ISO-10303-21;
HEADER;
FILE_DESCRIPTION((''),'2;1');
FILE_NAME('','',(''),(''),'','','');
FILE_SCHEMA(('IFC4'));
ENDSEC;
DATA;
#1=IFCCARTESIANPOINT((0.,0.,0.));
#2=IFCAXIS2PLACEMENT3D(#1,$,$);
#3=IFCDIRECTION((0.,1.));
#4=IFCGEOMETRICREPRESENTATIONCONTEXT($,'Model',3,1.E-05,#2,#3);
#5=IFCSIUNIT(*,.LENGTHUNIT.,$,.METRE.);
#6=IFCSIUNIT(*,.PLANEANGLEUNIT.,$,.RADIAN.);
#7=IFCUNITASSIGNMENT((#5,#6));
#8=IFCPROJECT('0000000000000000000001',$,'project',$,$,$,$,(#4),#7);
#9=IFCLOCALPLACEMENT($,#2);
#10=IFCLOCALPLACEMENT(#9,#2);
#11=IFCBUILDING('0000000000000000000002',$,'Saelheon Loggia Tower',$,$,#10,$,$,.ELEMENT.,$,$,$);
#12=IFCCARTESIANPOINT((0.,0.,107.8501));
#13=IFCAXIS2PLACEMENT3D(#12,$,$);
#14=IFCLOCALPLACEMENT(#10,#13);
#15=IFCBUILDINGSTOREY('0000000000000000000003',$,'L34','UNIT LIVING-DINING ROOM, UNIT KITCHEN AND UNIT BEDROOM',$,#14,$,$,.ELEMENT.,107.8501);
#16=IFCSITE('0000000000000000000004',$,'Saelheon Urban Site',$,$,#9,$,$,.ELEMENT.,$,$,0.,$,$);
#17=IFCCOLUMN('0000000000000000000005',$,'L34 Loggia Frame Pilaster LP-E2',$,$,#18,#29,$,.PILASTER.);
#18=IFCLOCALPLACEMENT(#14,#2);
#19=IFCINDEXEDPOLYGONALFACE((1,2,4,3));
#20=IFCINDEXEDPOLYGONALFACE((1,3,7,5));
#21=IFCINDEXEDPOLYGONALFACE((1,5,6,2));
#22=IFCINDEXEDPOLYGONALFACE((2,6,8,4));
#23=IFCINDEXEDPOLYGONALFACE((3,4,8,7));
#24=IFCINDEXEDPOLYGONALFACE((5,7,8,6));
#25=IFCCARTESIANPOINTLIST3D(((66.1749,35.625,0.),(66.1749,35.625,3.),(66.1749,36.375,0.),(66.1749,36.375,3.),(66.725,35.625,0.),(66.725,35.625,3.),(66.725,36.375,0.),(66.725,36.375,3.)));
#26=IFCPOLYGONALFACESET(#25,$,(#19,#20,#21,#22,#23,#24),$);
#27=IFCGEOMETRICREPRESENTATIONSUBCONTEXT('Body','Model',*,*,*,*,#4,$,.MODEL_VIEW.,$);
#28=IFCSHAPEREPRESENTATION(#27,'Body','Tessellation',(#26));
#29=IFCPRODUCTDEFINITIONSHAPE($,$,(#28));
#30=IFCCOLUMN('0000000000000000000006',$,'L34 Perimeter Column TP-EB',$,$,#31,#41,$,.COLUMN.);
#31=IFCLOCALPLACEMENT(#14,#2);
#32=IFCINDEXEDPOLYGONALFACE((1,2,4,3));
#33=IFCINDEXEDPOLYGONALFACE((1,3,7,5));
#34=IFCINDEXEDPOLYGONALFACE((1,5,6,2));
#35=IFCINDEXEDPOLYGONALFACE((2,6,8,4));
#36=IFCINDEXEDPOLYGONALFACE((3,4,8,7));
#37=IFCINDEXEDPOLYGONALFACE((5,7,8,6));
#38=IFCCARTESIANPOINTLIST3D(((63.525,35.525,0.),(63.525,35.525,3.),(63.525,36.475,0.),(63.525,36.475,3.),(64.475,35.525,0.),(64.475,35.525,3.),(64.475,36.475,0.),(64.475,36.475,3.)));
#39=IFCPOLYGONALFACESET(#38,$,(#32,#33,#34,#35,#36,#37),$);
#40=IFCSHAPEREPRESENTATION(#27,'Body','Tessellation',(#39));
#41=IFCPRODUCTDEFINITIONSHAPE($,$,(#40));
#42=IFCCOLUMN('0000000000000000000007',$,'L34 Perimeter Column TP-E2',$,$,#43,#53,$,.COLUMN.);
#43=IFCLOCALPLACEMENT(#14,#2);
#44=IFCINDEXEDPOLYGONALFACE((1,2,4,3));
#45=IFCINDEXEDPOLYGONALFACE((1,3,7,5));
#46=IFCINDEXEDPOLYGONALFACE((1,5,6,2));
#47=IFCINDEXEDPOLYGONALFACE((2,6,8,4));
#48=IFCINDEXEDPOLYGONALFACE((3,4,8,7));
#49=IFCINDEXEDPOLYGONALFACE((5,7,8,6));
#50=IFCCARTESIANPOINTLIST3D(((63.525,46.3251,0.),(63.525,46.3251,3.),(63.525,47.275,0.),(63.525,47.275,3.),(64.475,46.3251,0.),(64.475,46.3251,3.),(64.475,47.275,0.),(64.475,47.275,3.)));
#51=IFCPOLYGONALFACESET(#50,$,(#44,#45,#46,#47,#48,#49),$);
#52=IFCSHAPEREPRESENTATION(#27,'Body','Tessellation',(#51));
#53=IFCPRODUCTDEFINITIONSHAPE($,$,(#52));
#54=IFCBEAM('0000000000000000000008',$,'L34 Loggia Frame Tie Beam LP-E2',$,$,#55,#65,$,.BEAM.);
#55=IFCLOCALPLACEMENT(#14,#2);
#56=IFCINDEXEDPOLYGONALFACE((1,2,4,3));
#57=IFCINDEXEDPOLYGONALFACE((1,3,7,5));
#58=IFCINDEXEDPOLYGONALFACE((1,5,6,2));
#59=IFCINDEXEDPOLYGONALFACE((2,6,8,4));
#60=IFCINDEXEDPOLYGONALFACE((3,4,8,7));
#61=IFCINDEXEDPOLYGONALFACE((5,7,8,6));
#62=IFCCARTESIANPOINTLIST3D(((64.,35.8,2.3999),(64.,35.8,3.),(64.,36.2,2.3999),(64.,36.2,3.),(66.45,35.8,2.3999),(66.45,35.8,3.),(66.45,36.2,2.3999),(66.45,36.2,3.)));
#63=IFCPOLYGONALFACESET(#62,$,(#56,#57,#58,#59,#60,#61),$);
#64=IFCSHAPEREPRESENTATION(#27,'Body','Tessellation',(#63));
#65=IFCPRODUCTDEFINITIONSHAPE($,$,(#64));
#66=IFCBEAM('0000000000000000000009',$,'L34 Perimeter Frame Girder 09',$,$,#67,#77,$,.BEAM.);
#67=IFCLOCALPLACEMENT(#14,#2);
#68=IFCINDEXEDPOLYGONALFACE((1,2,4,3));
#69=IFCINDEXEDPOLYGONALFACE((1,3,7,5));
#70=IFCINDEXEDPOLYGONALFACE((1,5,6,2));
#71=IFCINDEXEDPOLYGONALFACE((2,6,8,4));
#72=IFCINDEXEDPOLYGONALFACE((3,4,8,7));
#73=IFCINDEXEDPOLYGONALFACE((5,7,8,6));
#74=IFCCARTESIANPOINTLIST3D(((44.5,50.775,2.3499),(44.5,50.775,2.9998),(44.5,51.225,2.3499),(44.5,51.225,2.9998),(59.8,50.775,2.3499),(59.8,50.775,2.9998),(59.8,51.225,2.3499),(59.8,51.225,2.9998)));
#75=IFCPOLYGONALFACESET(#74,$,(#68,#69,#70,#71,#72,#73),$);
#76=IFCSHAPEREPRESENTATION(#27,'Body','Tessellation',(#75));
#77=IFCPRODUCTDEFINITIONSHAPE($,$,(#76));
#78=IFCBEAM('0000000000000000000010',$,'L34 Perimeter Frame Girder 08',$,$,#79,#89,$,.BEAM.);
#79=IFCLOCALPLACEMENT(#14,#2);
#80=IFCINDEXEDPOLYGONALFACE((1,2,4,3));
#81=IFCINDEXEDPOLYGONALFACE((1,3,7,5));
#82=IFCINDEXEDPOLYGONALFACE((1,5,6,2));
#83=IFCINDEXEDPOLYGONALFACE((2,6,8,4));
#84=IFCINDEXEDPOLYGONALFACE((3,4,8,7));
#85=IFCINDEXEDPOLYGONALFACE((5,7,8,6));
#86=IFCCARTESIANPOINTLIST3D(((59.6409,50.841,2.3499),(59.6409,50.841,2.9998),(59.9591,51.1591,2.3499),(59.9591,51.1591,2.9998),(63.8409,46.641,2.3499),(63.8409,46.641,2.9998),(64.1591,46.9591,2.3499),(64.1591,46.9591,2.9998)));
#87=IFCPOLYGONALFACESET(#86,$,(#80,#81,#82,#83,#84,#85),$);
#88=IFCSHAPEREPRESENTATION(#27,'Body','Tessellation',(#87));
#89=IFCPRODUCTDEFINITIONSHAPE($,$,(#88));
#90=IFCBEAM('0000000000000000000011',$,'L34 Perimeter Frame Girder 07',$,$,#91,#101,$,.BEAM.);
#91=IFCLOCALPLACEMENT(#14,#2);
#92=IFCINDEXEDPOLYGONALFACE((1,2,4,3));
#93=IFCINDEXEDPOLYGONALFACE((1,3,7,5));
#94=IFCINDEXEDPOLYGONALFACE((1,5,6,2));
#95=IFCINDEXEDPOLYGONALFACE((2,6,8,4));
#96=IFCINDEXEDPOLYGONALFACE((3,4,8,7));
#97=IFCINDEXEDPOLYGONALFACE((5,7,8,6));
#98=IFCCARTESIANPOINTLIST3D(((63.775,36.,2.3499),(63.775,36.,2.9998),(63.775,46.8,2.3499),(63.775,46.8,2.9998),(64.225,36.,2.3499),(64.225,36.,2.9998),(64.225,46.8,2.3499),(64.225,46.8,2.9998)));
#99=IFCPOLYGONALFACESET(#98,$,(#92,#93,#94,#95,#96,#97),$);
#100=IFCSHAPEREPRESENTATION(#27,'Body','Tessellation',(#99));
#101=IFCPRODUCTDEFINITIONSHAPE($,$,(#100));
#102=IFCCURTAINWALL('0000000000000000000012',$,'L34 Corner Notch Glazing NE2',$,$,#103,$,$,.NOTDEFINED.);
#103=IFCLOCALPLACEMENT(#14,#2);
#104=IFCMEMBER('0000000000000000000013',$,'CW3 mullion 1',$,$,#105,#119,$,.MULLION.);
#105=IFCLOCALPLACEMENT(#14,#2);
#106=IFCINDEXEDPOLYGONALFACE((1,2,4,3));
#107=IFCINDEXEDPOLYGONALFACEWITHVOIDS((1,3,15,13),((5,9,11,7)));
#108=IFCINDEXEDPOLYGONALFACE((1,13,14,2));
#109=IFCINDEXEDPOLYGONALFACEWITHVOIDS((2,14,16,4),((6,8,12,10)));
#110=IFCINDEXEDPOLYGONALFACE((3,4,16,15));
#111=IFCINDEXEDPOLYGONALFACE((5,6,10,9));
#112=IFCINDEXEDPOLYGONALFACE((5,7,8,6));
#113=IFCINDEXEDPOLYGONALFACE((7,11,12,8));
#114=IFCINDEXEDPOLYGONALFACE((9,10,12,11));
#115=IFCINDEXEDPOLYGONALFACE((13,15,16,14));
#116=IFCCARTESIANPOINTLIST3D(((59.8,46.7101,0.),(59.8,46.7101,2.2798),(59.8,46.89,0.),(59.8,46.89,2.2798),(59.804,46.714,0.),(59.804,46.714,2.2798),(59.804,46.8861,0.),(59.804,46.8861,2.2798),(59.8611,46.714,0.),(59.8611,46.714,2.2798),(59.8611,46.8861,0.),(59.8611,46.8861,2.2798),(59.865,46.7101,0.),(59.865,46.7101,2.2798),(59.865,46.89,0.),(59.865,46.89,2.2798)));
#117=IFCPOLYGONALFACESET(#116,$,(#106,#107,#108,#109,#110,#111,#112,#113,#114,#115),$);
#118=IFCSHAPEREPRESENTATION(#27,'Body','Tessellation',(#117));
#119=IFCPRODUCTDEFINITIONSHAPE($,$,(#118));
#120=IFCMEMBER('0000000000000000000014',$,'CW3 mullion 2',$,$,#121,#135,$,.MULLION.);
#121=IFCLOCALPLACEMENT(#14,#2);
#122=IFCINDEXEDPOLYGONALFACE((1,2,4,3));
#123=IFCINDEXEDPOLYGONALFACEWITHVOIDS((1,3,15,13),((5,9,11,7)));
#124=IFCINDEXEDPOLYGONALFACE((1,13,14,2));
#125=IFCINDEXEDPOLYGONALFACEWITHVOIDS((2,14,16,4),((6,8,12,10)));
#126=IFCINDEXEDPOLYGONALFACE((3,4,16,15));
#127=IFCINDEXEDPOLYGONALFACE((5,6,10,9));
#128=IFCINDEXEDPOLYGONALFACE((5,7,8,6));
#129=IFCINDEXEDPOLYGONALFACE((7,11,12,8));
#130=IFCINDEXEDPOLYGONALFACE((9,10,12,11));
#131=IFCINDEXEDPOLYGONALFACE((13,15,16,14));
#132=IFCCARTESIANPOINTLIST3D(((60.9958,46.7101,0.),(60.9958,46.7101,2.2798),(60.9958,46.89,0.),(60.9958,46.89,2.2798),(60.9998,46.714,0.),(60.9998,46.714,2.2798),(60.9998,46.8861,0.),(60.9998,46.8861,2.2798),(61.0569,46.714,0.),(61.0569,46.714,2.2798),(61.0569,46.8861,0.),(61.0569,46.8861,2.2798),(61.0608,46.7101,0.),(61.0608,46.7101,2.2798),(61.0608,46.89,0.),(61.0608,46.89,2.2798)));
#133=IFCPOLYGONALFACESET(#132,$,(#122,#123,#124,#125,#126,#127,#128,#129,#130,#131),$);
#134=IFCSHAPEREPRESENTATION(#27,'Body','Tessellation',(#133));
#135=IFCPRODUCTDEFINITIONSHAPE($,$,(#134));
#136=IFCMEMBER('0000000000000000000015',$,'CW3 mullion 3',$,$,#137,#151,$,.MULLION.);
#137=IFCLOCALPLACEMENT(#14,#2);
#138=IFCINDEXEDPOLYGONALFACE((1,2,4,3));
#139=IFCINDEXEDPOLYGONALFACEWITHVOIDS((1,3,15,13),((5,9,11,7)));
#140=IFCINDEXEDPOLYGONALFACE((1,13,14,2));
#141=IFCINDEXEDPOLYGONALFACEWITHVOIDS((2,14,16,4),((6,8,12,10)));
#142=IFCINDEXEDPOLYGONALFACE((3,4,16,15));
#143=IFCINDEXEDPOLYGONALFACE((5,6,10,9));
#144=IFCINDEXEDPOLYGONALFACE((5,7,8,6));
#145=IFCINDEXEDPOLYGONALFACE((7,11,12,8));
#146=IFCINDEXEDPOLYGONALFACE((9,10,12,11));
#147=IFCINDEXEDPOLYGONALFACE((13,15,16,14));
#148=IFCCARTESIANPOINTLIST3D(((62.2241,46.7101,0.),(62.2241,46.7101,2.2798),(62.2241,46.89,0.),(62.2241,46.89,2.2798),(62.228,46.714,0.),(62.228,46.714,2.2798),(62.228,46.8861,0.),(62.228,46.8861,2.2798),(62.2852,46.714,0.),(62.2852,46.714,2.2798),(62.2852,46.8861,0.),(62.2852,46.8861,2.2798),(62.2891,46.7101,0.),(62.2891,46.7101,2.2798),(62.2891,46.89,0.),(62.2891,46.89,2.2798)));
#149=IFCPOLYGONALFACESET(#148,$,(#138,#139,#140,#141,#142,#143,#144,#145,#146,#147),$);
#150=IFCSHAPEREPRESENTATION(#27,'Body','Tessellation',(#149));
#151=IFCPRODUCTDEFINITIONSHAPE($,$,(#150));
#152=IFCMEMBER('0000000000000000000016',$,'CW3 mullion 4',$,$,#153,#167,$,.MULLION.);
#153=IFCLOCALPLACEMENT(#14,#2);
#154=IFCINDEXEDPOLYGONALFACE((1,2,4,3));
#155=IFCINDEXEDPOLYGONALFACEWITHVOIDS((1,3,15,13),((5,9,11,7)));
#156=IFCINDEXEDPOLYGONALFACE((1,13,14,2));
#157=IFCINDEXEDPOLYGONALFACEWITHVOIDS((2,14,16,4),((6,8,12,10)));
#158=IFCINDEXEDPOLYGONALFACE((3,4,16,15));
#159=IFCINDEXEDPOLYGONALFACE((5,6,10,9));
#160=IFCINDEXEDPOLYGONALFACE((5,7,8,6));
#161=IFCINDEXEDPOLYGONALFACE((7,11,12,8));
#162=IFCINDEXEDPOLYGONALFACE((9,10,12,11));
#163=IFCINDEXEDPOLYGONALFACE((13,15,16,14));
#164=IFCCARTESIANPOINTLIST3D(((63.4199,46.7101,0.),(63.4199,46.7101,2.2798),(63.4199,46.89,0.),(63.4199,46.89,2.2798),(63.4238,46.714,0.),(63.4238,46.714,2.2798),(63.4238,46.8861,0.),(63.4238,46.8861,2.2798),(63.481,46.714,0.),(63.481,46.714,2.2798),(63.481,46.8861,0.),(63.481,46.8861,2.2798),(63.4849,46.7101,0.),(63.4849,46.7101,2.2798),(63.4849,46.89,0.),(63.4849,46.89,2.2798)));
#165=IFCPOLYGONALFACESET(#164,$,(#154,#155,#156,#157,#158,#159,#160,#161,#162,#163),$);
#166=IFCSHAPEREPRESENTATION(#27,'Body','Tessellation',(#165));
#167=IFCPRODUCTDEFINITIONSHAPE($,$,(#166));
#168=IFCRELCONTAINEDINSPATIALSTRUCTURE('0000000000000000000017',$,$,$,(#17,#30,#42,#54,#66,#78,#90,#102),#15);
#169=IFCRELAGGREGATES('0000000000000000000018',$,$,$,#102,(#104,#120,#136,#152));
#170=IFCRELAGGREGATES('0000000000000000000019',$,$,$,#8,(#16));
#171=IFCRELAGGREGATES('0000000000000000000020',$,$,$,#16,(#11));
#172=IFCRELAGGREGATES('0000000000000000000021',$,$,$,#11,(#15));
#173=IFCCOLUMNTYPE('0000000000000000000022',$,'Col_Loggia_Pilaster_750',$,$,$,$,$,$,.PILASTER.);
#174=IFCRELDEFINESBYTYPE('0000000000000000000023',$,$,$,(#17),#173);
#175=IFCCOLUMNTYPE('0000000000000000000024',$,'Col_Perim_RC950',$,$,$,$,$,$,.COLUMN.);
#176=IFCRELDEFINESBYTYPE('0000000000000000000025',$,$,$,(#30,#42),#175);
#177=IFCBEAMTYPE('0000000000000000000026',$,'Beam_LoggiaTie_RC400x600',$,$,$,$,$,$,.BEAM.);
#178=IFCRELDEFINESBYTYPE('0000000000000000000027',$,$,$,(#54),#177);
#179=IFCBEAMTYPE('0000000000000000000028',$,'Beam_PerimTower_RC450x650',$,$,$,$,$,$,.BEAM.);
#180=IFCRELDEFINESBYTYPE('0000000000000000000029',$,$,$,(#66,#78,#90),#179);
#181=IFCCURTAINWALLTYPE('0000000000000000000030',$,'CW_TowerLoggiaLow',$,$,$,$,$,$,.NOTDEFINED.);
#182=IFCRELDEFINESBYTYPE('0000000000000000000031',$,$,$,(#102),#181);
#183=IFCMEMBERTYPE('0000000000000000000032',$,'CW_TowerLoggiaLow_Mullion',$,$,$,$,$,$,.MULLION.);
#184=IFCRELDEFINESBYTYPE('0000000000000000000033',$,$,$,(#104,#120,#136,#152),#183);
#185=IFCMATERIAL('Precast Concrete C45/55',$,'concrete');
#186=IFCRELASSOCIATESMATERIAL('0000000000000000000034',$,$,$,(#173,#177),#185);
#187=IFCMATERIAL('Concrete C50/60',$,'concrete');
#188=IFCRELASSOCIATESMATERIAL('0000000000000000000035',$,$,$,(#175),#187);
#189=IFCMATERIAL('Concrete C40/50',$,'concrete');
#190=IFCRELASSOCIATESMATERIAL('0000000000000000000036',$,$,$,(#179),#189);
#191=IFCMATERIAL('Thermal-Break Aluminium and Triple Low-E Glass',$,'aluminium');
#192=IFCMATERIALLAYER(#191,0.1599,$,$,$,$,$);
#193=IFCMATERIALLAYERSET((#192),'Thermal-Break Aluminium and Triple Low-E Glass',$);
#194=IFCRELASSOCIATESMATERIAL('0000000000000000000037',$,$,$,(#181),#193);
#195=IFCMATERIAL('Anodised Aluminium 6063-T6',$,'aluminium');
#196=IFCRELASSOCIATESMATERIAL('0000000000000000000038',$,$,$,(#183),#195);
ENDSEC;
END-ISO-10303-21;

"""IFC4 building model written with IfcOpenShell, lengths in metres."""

from ifc_helpers import new_model, si_unit, direction, frame, origin, origin_2d, place, context, subcontext, project, spatial, rectangle, hollow_rectangle, extrude, source, transform, mapped, material, layer, layer_set, material_profile, profile_set, type_object, element, aggregate, save


model = new_model("IFC4")

# Units and contexts
model_context = context("Model", 3, precision=1e-05, world=origin(), true_north=direction((0.0, 1.0)))
body_context = subcontext(model_context, "Body", "Model", "MODEL_VIEW")
ifc_project = project(units=[si_unit("LENGTHUNIT", "METRE"), si_unit("PLANEANGLEUNIT", "RADIAN")], contexts=[model_context])

# Site, building, storey
site_placement = place(None, origin())
site = spatial("IfcSite", under=ifc_project, at=site_placement, Name="Saelheon Urban Site", CompositionType="ELEMENT", RefElevation=0.0)
building_placement = place(site_placement, origin())
building = spatial("IfcBuilding", under=site, at=building_placement, Name="Saelheon Loggia Tower", CompositionType="ELEMENT")
storey_placement = place(building_placement, frame((0.0, 0.0, 107.8501)))
storey = spatial("IfcBuildingStorey", under=building, at=storey_placement, Name="L34", Description="UNIT LIVING-DINING ROOM, UNIT KITCHEN AND UNIT BEDROOM", CompositionType="ELEMENT", Elevation=107.8501)

# Columns
ifc_material_1 = material(Name="Precast Concrete C45/55", Category="concrete")
ifc_material_profile_1 = material_profile(ifc_material_1, rectangle(XDim=0.55, YDim=0.75, at=origin_2d()), Name="RC-550x750")
ifc_profile_set_1 = profile_set([ifc_material_profile_1], Name="Precast Concrete C45/55")
column_type_1 = type_object("IfcColumnType", Name="Col_Loggia_Pilaster_750", PredefinedType="PILASTER", material=ifc_profile_set_1)
shared_shape_1 = source(origin(), body_context, "Body", "SweptSolid", [
    extrude(rectangle(XDim=0.55, YDim=0.75, at=origin_2d()), origin(), (0.0, 0.0, 1.0), 3.0),
])
column_placement = place(storey_placement, frame((66.45, 36.0, 0.0), z_axis=(0.0, 0.0, 1.0), x_axis=(1.0, 0.0, 0.0)))
element("IfcColumn", 1, at=column_placement, inside=storey, type_object=column_type_1, Name="L34 Loggia Frame Pilaster LP-E2", PredefinedType="PILASTER", context=body_context, shape_type="MappedRepresentation", body=[
    mapped(shared_shape_1, transform((0.0, 0.0, 0.0), scale=1.0)),
])
ifc_material_2 = material(Name="Concrete C50/60", Category="concrete")
ifc_material_profile_2 = material_profile(ifc_material_2, rectangle(XDim=0.95, YDim=0.95, at=origin_2d()), Name="RC-950x950")
ifc_profile_set_2 = profile_set([ifc_material_profile_2], Name="Concrete C50/60")
column_type_2 = type_object("IfcColumnType", Name="Col_Perim_RC950", PredefinedType="COLUMN", material=ifc_profile_set_2)
shared_shape_2 = source(origin(), body_context, "Body", "SweptSolid", [
    extrude(rectangle(XDim=0.95, YDim=0.95, at=origin_2d()), origin(), (0.0, 0.0, 1.0), 3.0),
])
for number, where, z_axis, x_axis, name in (
    (2, (64.0, 36.0, 0.0), (0.0, 0.0, 1.0), (1.0, 0.0, 0.0), "L34 Perimeter Column TP-EB"),
    (3, (64.0, 46.8, 0.0), (0.0, 0.0, 1.0), (1.0, 0.0, 0.0), "L34 Perimeter Column TP-E2"),
):
    element("IfcColumn", number, at=place(storey_placement, frame(where, z_axis=z_axis, x_axis=x_axis)), inside=storey, type_object=column_type_2, Name=name, PredefinedType="COLUMN", context=body_context, shape_type="MappedRepresentation", body=[
        mapped(shared_shape_2, transform((0.0, 0.0, 0.0), scale=1.0)),
    ])

# Beams
ifc_material_profile_3 = material_profile(ifc_material_1, rectangle(XDim=0.3999, YDim=0.6001, at=origin_2d()), Name="RC-400x600")
ifc_profile_set_3 = profile_set([ifc_material_profile_3], Name="Precast Concrete C45/55")
beam_type_1 = type_object("IfcBeamType", Name="Beam_LoggiaTie_RC400x600", PredefinedType="BEAM", material=ifc_profile_set_3)
shared_shape_3 = source(origin(), body_context, "Body", "SweptSolid", [
    extrude(rectangle(XDim=0.3999, YDim=0.6001, at=origin_2d()), origin(), (0.0, 0.0, 1.0), 2.45),
])
beam_1_placement = place(storey_placement, frame((64.0, 36.0, 2.7), z_axis=(1.0, 0.0, 0.0), x_axis=(0.0, 1.0, 0.0)))
element("IfcBeam", 4, at=beam_1_placement, inside=storey, type_object=beam_type_1, Name="L34 Loggia Frame Tie Beam LP-E2", PredefinedType="BEAM", context=body_context, shape_type="MappedRepresentation", body=[
    mapped(shared_shape_3, transform((0.0, 0.0, 0.0), scale=1.0)),
])
ifc_material_3 = material(Name="Concrete C40/50", Category="concrete")
ifc_material_profile_4 = material_profile(ifc_material_3, rectangle(XDim=0.45, YDim=0.6499, at=origin_2d()), Name="RC-450x650")
ifc_profile_set_4 = profile_set([ifc_material_profile_4], Name="Concrete C40/50")
beam_type_2 = type_object("IfcBeamType", Name="Beam_PerimTower_RC450x650", PredefinedType="BEAM", material=ifc_profile_set_4)
shared_shape_4 = source(origin(), body_context, "Body", "SweptSolid", [
    extrude(rectangle(XDim=0.45, YDim=0.6499, at=origin_2d()), origin(), (0.0, 0.0, 1.0), 15.3),
])
beam_2_placement = place(storey_placement, frame((59.8, 51.0, 2.6748), z_axis=(-1.0, 0.0, 0.0), x_axis=(0.0, -1.0, 0.0)))
element("IfcBeam", 5, at=beam_2_placement, inside=storey, type_object=beam_type_2, Name="L34 Perimeter Frame Girder 09", PredefinedType="BEAM", context=body_context, shape_type="MappedRepresentation", body=[
    mapped(shared_shape_4, transform((0.0, 0.0, 0.0), scale=1.0)),
])
shared_shape_5 = source(origin(), body_context, "Body", "SweptSolid", [
    extrude(rectangle(XDim=0.45, YDim=0.6499, at=origin_2d()), origin(), (0.0, 0.0, 1.0), 5.9397),
])
beam_3_placement = place(storey_placement, frame((64.0, 46.8, 2.6748), z_axis=(-0.707107, 0.707107, 0.0), x_axis=(-0.707107, -0.707107, 0.0)))
element("IfcBeam", 6, at=beam_3_placement, inside=storey, type_object=beam_type_2, Name="L34 Perimeter Frame Girder 08", PredefinedType="BEAM", context=body_context, shape_type="MappedRepresentation", body=[
    mapped(shared_shape_5, transform((0.0, 0.0, 0.0), scale=1.0)),
])
shared_shape_6 = source(origin(), body_context, "Body", "SweptSolid", [
    extrude(rectangle(XDim=0.45, YDim=0.6499, at=origin_2d()), origin(), (0.0, 0.0, 1.0), 10.8),
])
beam_4_placement = place(storey_placement, frame((64.0, 36.0, 2.6748), z_axis=(0.0, 1.0, 0.0), x_axis=(-1.0, 0.0, 0.0)))
element("IfcBeam", 7, at=beam_4_placement, inside=storey, type_object=beam_type_2, Name="L34 Perimeter Frame Girder 07", PredefinedType="BEAM", context=body_context, shape_type="MappedRepresentation", body=[
    mapped(shared_shape_6, transform((0.0, 0.0, 0.0), scale=1.0)),
])

# Curtain wall, members
ifc_material_4 = material(Name="Thermal-Break Aluminium and Triple Low-E Glass", Category="aluminium")
ifc_layer_1 = layer(ifc_material_4, 0.1599)
ifc_layer_set_1 = layer_set([ifc_layer_1], Name="Thermal-Break Aluminium and Triple Low-E Glass")
curtain_wall_type = type_object("IfcCurtainWallType", Name="CW_TowerLoggiaLow", PredefinedType="NOTDEFINED", material=ifc_layer_set_1)
curtain_wall_placement = place(storey_placement, origin())
curtain_wall = element("IfcCurtainWall", 8, at=curtain_wall_placement, inside=storey, type_object=curtain_wall_type, Name="L34 Corner Notch Glazing NE2", PredefinedType="NOTDEFINED")
ifc_material_5 = material(Name="Anodised Aluminium 6063-T6", Category="aluminium")
ifc_material_profile_5 = material_profile(ifc_material_5, hollow_rectangle(XDim=0.0649, YDim=0.1799, WallThickness=0.0039, at=origin_2d()), Name="RHS-180x65x4")
ifc_profile_set_5 = profile_set([ifc_material_profile_5], Name="Anodised Aluminium 6063-T6")
member_type_1 = type_object("IfcMemberType", Name="CW_TowerLoggiaLow_Mullion", PredefinedType="MULLION", material=ifc_profile_set_5)
shared_shape_7 = source(origin(), body_context, "Body", "SweptSolid", [
    extrude(hollow_rectangle(XDim=0.0649, YDim=0.1799, WallThickness=0.0039, at=origin_2d()), origin(), (0.0, 0.0, 1.0), 2.2798),
])
member_1_placement = place(storey_placement, frame((59.8325, 46.8, 0.0), z_axis=(0.0, 0.0, 1.0), x_axis=(1.0, 0.0, 0.0)))
member_1 = element("IfcMember", 9, at=member_1_placement, type_object=member_type_1, Name="CW3 mullion 1", PredefinedType="MULLION", context=body_context, shape_type="MappedRepresentation", body=[
    mapped(shared_shape_7, transform((0.0, 0.0, 0.0), scale=1.0)),
])
member_2_placement = place(storey_placement, frame((61.0283, 46.8, 0.0), z_axis=(0.0, 0.0, 1.0), x_axis=(1.0, 0.0, 0.0)))
member_2 = element("IfcMember", 10, at=member_2_placement, type_object=member_type_1, Name="CW3 mullion 2", PredefinedType="MULLION", context=body_context, shape_type="MappedRepresentation", body=[
    mapped(shared_shape_7, transform((0.0, 0.0, 0.0), scale=1.0)),
])
member_3_placement = place(storey_placement, frame((62.2566, 46.8, 0.0), z_axis=(0.0, 0.0, 1.0), x_axis=(1.0, 0.0, 0.0)))
member_3 = element("IfcMember", 11, at=member_3_placement, type_object=member_type_1, Name="CW3 mullion 3", PredefinedType="MULLION", context=body_context, shape_type="MappedRepresentation", body=[
    mapped(shared_shape_7, transform((0.0, 0.0, 0.0), scale=1.0)),
])
member_4_placement = place(storey_placement, frame((63.4524, 46.8, 0.0), z_axis=(0.0, 0.0, 1.0), x_axis=(1.0, 0.0, 0.0)))
member_4 = element("IfcMember", 12, at=member_4_placement, type_object=member_type_1, Name="CW3 mullion 4", PredefinedType="MULLION", context=body_context, shape_type="MappedRepresentation", body=[
    mapped(shared_shape_7, transform((0.0, 0.0, 0.0), scale=1.0)),
])
aggregate(curtain_wall, [member_1, member_2, member_3, member_4])

save(model, "model.ifc")
